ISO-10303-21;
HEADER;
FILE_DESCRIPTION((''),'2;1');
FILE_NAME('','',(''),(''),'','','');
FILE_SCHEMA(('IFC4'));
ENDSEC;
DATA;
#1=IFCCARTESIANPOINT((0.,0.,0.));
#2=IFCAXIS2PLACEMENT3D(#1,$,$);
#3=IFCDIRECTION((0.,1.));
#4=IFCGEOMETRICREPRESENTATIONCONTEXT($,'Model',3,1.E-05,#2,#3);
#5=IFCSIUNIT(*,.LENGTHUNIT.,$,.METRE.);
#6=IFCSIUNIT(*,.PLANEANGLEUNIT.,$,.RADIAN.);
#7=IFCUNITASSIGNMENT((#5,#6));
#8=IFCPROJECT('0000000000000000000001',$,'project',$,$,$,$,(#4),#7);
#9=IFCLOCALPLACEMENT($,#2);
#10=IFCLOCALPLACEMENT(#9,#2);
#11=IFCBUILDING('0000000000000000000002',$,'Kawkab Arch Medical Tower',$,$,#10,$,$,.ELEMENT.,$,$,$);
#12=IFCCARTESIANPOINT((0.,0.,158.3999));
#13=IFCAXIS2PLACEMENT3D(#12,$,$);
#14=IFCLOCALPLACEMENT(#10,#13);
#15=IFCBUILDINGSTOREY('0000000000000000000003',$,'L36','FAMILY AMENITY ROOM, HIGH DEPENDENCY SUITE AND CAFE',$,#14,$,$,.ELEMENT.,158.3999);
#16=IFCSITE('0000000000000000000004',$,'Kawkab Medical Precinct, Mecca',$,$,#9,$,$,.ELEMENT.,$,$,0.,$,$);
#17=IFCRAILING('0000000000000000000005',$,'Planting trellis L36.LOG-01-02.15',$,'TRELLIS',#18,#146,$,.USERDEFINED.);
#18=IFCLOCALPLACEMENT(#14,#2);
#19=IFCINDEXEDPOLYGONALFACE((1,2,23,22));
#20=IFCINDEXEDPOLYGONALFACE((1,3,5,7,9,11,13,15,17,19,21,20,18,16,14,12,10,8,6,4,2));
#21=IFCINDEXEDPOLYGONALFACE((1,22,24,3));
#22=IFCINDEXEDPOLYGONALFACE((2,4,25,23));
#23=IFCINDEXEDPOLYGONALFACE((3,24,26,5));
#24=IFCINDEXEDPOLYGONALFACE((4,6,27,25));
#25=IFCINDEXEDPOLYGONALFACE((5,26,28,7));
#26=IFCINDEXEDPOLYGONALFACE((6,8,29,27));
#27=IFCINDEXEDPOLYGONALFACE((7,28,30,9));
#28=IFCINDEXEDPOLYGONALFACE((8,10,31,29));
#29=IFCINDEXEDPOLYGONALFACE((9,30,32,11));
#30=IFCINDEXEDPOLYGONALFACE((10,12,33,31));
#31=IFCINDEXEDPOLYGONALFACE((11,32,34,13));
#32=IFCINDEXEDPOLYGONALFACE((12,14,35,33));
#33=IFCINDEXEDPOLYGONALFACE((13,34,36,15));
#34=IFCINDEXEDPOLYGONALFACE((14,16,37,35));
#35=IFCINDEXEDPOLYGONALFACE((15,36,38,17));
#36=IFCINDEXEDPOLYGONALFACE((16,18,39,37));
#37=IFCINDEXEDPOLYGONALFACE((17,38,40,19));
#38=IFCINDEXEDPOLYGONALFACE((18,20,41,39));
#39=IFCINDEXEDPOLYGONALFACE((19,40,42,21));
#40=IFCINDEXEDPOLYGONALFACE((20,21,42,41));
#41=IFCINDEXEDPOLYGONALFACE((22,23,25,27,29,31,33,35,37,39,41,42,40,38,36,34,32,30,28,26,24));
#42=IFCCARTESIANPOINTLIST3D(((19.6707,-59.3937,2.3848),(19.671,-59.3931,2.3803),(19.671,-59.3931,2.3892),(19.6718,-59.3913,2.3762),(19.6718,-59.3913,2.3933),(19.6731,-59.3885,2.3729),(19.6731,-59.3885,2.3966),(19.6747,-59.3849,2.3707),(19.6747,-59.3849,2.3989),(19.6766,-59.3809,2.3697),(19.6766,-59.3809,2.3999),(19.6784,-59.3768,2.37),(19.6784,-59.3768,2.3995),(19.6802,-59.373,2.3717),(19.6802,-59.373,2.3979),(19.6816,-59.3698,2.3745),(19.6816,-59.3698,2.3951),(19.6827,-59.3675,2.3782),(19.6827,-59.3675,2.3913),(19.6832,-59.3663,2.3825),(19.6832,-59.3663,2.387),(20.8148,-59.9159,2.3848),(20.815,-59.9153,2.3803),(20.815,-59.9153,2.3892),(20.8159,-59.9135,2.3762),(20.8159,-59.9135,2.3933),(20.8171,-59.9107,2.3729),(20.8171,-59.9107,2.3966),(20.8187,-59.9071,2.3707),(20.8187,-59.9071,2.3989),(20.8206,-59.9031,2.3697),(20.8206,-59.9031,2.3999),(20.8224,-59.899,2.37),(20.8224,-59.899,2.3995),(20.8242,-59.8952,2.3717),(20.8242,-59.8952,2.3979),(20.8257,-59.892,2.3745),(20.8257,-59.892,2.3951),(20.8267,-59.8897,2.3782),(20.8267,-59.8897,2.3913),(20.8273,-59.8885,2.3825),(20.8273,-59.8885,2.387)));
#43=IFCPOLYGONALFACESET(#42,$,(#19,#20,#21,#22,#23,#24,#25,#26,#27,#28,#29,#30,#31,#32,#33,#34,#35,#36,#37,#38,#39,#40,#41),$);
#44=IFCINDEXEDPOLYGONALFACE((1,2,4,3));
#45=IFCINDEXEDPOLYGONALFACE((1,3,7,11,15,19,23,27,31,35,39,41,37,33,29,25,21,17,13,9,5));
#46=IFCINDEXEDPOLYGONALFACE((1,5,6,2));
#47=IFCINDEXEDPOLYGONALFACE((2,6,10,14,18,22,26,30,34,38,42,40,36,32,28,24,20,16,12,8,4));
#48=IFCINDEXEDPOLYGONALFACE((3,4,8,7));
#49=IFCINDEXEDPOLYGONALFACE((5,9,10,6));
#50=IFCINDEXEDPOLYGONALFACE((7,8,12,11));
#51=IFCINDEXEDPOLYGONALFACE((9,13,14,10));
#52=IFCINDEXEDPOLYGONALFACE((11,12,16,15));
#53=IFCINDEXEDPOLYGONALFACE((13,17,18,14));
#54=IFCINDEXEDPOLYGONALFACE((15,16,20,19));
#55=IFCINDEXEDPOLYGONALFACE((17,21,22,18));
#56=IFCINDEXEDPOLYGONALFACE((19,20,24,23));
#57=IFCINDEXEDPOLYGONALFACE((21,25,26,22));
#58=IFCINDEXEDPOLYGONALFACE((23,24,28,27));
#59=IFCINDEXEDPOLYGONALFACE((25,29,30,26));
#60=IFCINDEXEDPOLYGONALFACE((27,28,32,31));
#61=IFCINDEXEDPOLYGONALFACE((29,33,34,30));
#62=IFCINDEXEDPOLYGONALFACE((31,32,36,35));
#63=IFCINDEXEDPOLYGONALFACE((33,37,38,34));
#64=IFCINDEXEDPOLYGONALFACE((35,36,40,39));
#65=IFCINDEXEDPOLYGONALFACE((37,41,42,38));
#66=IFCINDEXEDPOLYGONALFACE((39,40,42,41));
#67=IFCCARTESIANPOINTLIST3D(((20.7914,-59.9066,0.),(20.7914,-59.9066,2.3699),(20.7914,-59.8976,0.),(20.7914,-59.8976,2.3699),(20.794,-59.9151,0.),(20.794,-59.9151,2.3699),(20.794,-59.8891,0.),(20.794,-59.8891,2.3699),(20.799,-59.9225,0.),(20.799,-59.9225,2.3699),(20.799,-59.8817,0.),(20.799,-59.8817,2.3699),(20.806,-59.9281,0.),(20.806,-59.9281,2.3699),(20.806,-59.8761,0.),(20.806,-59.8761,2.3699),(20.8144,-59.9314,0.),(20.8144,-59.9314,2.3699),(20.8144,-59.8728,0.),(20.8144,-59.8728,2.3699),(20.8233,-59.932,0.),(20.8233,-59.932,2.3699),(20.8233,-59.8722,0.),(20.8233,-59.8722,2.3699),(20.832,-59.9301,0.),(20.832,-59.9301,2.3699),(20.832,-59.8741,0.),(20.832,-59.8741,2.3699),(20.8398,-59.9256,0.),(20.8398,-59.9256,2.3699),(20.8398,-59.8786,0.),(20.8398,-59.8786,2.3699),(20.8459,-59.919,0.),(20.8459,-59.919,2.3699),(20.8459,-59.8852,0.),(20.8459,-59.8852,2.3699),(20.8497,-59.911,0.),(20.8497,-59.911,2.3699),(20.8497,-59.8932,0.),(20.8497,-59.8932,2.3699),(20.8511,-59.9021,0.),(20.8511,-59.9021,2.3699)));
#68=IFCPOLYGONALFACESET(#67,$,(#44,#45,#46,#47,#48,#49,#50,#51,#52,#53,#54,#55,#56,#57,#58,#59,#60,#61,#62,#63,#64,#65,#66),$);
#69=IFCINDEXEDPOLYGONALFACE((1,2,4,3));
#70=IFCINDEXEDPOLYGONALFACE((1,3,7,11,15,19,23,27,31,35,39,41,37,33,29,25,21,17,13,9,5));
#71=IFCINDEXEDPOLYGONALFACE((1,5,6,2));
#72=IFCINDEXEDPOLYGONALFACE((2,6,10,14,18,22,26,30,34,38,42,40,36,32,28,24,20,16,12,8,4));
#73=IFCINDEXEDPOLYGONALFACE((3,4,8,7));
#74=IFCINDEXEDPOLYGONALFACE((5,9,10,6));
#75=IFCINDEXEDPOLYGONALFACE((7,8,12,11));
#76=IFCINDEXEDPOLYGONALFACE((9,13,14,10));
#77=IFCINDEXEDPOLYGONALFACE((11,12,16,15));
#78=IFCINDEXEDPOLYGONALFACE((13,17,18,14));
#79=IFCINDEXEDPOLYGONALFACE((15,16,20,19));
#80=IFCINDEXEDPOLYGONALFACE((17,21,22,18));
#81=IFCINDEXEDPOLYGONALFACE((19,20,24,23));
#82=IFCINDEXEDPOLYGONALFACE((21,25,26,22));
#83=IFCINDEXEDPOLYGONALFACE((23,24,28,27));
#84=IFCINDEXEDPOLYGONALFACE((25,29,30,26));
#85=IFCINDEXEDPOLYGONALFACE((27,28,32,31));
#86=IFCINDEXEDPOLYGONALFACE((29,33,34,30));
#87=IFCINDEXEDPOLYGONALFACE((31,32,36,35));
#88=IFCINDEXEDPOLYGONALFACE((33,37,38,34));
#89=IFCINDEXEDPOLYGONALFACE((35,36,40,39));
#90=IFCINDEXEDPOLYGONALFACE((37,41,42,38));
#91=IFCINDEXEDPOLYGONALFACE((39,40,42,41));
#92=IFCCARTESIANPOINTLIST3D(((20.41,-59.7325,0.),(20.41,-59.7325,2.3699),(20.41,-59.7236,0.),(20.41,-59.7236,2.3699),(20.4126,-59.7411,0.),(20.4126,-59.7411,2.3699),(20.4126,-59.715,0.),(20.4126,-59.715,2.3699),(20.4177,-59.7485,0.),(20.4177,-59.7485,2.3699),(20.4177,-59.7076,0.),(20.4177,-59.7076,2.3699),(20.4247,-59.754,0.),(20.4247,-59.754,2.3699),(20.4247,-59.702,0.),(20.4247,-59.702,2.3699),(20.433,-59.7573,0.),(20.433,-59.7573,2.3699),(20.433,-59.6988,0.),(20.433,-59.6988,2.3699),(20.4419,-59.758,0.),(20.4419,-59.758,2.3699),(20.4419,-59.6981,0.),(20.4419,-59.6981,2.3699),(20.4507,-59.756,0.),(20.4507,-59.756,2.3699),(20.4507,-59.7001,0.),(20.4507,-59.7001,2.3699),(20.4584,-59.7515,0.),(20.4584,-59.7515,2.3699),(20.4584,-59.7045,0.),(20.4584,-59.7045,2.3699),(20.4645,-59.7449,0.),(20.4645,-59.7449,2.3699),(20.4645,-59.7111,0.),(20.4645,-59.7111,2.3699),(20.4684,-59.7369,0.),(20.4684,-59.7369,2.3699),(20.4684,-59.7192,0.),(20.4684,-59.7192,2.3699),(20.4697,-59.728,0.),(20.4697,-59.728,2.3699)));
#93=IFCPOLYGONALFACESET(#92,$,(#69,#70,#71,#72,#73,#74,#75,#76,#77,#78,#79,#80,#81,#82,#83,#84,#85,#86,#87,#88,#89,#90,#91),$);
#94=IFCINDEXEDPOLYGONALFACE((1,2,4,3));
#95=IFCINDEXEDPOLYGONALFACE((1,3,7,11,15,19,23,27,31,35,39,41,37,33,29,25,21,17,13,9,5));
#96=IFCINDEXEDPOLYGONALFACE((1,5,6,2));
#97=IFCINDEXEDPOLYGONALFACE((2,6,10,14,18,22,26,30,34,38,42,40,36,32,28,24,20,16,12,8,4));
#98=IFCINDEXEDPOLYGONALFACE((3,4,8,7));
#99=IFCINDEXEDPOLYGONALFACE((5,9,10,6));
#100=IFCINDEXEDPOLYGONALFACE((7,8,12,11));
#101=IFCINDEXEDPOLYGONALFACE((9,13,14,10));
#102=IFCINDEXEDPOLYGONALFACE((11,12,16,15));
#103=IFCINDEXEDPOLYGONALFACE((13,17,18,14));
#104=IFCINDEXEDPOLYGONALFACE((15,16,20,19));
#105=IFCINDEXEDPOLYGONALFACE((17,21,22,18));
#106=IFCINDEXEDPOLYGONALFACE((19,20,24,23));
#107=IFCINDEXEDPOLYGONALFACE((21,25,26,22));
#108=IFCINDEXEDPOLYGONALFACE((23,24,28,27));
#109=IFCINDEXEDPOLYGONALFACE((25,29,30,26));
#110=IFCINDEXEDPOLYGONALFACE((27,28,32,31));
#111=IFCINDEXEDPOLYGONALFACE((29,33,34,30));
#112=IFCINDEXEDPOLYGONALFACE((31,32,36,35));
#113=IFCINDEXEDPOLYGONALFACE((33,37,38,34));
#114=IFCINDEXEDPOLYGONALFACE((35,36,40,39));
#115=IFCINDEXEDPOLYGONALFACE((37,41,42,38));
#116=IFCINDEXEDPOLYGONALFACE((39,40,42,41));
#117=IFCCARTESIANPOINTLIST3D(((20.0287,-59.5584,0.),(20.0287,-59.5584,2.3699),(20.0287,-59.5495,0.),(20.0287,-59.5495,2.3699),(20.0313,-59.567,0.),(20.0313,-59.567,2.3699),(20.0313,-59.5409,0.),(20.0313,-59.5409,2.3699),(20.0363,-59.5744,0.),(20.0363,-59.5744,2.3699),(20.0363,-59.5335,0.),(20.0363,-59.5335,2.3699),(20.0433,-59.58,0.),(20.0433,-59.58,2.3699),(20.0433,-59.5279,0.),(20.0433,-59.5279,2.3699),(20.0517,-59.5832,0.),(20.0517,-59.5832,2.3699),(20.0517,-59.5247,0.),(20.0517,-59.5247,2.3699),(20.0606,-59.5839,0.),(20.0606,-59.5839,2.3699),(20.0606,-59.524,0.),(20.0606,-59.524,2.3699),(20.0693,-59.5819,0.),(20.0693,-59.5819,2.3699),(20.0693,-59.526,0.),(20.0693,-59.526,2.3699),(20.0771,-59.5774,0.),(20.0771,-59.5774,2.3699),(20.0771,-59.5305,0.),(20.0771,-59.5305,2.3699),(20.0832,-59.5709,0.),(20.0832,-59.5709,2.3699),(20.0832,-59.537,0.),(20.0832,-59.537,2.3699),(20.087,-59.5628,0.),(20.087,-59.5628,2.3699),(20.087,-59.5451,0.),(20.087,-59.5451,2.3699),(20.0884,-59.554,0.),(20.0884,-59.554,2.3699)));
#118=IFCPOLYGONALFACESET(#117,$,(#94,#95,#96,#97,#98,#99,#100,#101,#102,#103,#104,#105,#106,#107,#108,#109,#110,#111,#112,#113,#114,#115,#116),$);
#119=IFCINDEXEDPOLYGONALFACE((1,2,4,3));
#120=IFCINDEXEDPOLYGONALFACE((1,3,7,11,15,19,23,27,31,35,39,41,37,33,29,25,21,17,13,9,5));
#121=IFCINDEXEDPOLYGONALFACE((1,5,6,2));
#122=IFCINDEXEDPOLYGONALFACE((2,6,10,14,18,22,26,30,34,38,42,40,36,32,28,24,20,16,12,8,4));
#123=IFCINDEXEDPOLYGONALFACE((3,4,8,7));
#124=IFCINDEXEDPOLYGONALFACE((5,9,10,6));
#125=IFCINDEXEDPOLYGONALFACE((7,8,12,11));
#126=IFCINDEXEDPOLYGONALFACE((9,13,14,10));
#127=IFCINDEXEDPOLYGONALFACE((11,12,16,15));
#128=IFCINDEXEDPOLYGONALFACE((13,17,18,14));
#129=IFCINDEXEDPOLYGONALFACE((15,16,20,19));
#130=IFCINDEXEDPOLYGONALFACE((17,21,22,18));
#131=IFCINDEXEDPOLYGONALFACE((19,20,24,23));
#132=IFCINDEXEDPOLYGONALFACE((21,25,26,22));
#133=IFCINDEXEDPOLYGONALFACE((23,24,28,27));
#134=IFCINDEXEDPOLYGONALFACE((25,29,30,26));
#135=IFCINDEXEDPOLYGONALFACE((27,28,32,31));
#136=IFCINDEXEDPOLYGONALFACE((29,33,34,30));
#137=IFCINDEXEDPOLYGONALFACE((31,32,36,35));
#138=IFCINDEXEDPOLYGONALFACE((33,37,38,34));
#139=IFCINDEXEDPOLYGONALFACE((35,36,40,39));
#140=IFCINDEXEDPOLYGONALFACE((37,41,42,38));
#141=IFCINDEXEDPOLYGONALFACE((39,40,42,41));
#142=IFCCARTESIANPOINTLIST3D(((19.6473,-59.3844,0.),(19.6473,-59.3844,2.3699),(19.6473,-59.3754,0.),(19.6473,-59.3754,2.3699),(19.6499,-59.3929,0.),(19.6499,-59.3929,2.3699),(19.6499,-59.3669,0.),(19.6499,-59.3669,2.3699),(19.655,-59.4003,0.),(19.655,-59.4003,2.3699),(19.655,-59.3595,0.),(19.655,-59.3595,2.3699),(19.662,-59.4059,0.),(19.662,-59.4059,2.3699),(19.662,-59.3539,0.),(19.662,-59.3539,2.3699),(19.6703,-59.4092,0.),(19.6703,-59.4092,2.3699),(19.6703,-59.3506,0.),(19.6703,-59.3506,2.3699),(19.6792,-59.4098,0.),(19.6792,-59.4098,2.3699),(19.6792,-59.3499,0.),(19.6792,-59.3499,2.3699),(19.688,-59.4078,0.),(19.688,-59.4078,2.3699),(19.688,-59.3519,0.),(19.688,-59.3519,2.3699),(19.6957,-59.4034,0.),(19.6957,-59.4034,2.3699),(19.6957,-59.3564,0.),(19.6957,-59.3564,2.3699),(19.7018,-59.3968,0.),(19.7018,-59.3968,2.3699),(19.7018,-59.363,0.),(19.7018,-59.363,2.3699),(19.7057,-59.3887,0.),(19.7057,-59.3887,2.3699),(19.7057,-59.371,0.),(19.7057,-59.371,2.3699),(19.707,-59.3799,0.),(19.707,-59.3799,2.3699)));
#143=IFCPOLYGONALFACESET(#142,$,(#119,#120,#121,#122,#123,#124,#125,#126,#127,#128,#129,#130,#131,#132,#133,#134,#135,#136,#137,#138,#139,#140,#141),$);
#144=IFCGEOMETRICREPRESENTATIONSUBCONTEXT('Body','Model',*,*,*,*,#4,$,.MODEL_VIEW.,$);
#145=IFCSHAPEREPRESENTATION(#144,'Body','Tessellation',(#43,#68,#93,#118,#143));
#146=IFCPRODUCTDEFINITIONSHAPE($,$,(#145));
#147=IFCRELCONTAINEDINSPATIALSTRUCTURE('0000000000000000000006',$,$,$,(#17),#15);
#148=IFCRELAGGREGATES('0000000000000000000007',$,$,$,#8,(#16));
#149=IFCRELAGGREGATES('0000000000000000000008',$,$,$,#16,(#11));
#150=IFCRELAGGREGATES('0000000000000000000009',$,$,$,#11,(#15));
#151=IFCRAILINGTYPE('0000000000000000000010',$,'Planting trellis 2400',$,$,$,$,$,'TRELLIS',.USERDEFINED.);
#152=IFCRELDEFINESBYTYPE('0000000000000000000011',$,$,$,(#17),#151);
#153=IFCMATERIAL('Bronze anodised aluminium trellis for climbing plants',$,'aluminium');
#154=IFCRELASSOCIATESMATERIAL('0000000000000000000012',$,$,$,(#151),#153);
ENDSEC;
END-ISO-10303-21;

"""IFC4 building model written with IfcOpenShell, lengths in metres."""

from ifc_helpers import new_model, si_unit, direction, frame, origin, origin_2d, place, context, subcontext, project, spatial, circle, extrude, material, type_object, element, save


model = new_model("IFC4")

# Units and contexts
model_context = context("Model", 3, precision=1e-05, world=origin(), true_north=direction((0.0, 1.0)))
body_context = subcontext(model_context, "Body", "Model", "MODEL_VIEW")
ifc_project = project(units=[si_unit("LENGTHUNIT", "METRE"), si_unit("PLANEANGLEUNIT", "RADIAN")], contexts=[model_context])

# Site, building, storey
site_placement = place(None, origin())
site = spatial("IfcSite", under=ifc_project, at=site_placement, Name="Kawkab Medical Precinct, Mecca", CompositionType="ELEMENT", RefElevation=0.0)
building_placement = place(site_placement, origin())
building = spatial("IfcBuilding", under=site, at=building_placement, Name="Kawkab Arch Medical Tower", CompositionType="ELEMENT")
storey_placement = place(building_placement, frame((0.0, 0.0, 158.3999)))
storey = spatial("IfcBuildingStorey", under=building, at=storey_placement, Name="L36", Description="FAMILY AMENITY ROOM, HIGH DEPENDENCY SUITE AND CAFE", CompositionType="ELEMENT", Elevation=158.3999)

# Railing
ifc_material_1 = material(Name="Bronze anodised aluminium trellis for climbing plants", Category="aluminium")
railing_type = type_object("IfcRailingType", Name="Planting trellis 2400", ElementType="TRELLIS", PredefinedType="USERDEFINED", material=ifc_material_1)
railing_1_placement = place(storey_placement, frame((20.821, -59.9021, 0.0)))
element("IfcRailing", 1, at=railing_1_placement, inside=storey, type_object=railing_type, Name="Planting trellis L36.LOG-01-02.15", ObjectType="TRELLIS", PredefinedType="USERDEFINED", context=body_context, shape_type="SweptSolid", body=[
    extrude(circle(Radius=0.0151, at=origin_2d()), frame((0.0, 0.0, 2.3848), z_axis=(-0.909707, 0.41525, 0.0), x_axis=(-0.41525, -0.909707, 0.0)), (0.0, 0.0, 1.0), 1.2576),
    extrude(circle(Radius=0.03, at=origin_2d()), origin(), (0.0, 0.0, 1.0), 2.3699),
    extrude(circle(Radius=0.03, at=origin_2d()), frame((-0.3813, 0.1741, 0.0)), (0.0, 0.0, 1.0), 2.3699),
    extrude(circle(Radius=0.03, at=origin_2d()), frame((-0.7627, 0.3481, 0.0)), (0.0, 0.0, 1.0), 2.3699),
    extrude(circle(Radius=0.03, at=origin_2d()), frame((-1.144, 0.5222, 0.0)), (0.0, 0.0, 1.0), 2.3699),
])

save(model, "model.ifc")
